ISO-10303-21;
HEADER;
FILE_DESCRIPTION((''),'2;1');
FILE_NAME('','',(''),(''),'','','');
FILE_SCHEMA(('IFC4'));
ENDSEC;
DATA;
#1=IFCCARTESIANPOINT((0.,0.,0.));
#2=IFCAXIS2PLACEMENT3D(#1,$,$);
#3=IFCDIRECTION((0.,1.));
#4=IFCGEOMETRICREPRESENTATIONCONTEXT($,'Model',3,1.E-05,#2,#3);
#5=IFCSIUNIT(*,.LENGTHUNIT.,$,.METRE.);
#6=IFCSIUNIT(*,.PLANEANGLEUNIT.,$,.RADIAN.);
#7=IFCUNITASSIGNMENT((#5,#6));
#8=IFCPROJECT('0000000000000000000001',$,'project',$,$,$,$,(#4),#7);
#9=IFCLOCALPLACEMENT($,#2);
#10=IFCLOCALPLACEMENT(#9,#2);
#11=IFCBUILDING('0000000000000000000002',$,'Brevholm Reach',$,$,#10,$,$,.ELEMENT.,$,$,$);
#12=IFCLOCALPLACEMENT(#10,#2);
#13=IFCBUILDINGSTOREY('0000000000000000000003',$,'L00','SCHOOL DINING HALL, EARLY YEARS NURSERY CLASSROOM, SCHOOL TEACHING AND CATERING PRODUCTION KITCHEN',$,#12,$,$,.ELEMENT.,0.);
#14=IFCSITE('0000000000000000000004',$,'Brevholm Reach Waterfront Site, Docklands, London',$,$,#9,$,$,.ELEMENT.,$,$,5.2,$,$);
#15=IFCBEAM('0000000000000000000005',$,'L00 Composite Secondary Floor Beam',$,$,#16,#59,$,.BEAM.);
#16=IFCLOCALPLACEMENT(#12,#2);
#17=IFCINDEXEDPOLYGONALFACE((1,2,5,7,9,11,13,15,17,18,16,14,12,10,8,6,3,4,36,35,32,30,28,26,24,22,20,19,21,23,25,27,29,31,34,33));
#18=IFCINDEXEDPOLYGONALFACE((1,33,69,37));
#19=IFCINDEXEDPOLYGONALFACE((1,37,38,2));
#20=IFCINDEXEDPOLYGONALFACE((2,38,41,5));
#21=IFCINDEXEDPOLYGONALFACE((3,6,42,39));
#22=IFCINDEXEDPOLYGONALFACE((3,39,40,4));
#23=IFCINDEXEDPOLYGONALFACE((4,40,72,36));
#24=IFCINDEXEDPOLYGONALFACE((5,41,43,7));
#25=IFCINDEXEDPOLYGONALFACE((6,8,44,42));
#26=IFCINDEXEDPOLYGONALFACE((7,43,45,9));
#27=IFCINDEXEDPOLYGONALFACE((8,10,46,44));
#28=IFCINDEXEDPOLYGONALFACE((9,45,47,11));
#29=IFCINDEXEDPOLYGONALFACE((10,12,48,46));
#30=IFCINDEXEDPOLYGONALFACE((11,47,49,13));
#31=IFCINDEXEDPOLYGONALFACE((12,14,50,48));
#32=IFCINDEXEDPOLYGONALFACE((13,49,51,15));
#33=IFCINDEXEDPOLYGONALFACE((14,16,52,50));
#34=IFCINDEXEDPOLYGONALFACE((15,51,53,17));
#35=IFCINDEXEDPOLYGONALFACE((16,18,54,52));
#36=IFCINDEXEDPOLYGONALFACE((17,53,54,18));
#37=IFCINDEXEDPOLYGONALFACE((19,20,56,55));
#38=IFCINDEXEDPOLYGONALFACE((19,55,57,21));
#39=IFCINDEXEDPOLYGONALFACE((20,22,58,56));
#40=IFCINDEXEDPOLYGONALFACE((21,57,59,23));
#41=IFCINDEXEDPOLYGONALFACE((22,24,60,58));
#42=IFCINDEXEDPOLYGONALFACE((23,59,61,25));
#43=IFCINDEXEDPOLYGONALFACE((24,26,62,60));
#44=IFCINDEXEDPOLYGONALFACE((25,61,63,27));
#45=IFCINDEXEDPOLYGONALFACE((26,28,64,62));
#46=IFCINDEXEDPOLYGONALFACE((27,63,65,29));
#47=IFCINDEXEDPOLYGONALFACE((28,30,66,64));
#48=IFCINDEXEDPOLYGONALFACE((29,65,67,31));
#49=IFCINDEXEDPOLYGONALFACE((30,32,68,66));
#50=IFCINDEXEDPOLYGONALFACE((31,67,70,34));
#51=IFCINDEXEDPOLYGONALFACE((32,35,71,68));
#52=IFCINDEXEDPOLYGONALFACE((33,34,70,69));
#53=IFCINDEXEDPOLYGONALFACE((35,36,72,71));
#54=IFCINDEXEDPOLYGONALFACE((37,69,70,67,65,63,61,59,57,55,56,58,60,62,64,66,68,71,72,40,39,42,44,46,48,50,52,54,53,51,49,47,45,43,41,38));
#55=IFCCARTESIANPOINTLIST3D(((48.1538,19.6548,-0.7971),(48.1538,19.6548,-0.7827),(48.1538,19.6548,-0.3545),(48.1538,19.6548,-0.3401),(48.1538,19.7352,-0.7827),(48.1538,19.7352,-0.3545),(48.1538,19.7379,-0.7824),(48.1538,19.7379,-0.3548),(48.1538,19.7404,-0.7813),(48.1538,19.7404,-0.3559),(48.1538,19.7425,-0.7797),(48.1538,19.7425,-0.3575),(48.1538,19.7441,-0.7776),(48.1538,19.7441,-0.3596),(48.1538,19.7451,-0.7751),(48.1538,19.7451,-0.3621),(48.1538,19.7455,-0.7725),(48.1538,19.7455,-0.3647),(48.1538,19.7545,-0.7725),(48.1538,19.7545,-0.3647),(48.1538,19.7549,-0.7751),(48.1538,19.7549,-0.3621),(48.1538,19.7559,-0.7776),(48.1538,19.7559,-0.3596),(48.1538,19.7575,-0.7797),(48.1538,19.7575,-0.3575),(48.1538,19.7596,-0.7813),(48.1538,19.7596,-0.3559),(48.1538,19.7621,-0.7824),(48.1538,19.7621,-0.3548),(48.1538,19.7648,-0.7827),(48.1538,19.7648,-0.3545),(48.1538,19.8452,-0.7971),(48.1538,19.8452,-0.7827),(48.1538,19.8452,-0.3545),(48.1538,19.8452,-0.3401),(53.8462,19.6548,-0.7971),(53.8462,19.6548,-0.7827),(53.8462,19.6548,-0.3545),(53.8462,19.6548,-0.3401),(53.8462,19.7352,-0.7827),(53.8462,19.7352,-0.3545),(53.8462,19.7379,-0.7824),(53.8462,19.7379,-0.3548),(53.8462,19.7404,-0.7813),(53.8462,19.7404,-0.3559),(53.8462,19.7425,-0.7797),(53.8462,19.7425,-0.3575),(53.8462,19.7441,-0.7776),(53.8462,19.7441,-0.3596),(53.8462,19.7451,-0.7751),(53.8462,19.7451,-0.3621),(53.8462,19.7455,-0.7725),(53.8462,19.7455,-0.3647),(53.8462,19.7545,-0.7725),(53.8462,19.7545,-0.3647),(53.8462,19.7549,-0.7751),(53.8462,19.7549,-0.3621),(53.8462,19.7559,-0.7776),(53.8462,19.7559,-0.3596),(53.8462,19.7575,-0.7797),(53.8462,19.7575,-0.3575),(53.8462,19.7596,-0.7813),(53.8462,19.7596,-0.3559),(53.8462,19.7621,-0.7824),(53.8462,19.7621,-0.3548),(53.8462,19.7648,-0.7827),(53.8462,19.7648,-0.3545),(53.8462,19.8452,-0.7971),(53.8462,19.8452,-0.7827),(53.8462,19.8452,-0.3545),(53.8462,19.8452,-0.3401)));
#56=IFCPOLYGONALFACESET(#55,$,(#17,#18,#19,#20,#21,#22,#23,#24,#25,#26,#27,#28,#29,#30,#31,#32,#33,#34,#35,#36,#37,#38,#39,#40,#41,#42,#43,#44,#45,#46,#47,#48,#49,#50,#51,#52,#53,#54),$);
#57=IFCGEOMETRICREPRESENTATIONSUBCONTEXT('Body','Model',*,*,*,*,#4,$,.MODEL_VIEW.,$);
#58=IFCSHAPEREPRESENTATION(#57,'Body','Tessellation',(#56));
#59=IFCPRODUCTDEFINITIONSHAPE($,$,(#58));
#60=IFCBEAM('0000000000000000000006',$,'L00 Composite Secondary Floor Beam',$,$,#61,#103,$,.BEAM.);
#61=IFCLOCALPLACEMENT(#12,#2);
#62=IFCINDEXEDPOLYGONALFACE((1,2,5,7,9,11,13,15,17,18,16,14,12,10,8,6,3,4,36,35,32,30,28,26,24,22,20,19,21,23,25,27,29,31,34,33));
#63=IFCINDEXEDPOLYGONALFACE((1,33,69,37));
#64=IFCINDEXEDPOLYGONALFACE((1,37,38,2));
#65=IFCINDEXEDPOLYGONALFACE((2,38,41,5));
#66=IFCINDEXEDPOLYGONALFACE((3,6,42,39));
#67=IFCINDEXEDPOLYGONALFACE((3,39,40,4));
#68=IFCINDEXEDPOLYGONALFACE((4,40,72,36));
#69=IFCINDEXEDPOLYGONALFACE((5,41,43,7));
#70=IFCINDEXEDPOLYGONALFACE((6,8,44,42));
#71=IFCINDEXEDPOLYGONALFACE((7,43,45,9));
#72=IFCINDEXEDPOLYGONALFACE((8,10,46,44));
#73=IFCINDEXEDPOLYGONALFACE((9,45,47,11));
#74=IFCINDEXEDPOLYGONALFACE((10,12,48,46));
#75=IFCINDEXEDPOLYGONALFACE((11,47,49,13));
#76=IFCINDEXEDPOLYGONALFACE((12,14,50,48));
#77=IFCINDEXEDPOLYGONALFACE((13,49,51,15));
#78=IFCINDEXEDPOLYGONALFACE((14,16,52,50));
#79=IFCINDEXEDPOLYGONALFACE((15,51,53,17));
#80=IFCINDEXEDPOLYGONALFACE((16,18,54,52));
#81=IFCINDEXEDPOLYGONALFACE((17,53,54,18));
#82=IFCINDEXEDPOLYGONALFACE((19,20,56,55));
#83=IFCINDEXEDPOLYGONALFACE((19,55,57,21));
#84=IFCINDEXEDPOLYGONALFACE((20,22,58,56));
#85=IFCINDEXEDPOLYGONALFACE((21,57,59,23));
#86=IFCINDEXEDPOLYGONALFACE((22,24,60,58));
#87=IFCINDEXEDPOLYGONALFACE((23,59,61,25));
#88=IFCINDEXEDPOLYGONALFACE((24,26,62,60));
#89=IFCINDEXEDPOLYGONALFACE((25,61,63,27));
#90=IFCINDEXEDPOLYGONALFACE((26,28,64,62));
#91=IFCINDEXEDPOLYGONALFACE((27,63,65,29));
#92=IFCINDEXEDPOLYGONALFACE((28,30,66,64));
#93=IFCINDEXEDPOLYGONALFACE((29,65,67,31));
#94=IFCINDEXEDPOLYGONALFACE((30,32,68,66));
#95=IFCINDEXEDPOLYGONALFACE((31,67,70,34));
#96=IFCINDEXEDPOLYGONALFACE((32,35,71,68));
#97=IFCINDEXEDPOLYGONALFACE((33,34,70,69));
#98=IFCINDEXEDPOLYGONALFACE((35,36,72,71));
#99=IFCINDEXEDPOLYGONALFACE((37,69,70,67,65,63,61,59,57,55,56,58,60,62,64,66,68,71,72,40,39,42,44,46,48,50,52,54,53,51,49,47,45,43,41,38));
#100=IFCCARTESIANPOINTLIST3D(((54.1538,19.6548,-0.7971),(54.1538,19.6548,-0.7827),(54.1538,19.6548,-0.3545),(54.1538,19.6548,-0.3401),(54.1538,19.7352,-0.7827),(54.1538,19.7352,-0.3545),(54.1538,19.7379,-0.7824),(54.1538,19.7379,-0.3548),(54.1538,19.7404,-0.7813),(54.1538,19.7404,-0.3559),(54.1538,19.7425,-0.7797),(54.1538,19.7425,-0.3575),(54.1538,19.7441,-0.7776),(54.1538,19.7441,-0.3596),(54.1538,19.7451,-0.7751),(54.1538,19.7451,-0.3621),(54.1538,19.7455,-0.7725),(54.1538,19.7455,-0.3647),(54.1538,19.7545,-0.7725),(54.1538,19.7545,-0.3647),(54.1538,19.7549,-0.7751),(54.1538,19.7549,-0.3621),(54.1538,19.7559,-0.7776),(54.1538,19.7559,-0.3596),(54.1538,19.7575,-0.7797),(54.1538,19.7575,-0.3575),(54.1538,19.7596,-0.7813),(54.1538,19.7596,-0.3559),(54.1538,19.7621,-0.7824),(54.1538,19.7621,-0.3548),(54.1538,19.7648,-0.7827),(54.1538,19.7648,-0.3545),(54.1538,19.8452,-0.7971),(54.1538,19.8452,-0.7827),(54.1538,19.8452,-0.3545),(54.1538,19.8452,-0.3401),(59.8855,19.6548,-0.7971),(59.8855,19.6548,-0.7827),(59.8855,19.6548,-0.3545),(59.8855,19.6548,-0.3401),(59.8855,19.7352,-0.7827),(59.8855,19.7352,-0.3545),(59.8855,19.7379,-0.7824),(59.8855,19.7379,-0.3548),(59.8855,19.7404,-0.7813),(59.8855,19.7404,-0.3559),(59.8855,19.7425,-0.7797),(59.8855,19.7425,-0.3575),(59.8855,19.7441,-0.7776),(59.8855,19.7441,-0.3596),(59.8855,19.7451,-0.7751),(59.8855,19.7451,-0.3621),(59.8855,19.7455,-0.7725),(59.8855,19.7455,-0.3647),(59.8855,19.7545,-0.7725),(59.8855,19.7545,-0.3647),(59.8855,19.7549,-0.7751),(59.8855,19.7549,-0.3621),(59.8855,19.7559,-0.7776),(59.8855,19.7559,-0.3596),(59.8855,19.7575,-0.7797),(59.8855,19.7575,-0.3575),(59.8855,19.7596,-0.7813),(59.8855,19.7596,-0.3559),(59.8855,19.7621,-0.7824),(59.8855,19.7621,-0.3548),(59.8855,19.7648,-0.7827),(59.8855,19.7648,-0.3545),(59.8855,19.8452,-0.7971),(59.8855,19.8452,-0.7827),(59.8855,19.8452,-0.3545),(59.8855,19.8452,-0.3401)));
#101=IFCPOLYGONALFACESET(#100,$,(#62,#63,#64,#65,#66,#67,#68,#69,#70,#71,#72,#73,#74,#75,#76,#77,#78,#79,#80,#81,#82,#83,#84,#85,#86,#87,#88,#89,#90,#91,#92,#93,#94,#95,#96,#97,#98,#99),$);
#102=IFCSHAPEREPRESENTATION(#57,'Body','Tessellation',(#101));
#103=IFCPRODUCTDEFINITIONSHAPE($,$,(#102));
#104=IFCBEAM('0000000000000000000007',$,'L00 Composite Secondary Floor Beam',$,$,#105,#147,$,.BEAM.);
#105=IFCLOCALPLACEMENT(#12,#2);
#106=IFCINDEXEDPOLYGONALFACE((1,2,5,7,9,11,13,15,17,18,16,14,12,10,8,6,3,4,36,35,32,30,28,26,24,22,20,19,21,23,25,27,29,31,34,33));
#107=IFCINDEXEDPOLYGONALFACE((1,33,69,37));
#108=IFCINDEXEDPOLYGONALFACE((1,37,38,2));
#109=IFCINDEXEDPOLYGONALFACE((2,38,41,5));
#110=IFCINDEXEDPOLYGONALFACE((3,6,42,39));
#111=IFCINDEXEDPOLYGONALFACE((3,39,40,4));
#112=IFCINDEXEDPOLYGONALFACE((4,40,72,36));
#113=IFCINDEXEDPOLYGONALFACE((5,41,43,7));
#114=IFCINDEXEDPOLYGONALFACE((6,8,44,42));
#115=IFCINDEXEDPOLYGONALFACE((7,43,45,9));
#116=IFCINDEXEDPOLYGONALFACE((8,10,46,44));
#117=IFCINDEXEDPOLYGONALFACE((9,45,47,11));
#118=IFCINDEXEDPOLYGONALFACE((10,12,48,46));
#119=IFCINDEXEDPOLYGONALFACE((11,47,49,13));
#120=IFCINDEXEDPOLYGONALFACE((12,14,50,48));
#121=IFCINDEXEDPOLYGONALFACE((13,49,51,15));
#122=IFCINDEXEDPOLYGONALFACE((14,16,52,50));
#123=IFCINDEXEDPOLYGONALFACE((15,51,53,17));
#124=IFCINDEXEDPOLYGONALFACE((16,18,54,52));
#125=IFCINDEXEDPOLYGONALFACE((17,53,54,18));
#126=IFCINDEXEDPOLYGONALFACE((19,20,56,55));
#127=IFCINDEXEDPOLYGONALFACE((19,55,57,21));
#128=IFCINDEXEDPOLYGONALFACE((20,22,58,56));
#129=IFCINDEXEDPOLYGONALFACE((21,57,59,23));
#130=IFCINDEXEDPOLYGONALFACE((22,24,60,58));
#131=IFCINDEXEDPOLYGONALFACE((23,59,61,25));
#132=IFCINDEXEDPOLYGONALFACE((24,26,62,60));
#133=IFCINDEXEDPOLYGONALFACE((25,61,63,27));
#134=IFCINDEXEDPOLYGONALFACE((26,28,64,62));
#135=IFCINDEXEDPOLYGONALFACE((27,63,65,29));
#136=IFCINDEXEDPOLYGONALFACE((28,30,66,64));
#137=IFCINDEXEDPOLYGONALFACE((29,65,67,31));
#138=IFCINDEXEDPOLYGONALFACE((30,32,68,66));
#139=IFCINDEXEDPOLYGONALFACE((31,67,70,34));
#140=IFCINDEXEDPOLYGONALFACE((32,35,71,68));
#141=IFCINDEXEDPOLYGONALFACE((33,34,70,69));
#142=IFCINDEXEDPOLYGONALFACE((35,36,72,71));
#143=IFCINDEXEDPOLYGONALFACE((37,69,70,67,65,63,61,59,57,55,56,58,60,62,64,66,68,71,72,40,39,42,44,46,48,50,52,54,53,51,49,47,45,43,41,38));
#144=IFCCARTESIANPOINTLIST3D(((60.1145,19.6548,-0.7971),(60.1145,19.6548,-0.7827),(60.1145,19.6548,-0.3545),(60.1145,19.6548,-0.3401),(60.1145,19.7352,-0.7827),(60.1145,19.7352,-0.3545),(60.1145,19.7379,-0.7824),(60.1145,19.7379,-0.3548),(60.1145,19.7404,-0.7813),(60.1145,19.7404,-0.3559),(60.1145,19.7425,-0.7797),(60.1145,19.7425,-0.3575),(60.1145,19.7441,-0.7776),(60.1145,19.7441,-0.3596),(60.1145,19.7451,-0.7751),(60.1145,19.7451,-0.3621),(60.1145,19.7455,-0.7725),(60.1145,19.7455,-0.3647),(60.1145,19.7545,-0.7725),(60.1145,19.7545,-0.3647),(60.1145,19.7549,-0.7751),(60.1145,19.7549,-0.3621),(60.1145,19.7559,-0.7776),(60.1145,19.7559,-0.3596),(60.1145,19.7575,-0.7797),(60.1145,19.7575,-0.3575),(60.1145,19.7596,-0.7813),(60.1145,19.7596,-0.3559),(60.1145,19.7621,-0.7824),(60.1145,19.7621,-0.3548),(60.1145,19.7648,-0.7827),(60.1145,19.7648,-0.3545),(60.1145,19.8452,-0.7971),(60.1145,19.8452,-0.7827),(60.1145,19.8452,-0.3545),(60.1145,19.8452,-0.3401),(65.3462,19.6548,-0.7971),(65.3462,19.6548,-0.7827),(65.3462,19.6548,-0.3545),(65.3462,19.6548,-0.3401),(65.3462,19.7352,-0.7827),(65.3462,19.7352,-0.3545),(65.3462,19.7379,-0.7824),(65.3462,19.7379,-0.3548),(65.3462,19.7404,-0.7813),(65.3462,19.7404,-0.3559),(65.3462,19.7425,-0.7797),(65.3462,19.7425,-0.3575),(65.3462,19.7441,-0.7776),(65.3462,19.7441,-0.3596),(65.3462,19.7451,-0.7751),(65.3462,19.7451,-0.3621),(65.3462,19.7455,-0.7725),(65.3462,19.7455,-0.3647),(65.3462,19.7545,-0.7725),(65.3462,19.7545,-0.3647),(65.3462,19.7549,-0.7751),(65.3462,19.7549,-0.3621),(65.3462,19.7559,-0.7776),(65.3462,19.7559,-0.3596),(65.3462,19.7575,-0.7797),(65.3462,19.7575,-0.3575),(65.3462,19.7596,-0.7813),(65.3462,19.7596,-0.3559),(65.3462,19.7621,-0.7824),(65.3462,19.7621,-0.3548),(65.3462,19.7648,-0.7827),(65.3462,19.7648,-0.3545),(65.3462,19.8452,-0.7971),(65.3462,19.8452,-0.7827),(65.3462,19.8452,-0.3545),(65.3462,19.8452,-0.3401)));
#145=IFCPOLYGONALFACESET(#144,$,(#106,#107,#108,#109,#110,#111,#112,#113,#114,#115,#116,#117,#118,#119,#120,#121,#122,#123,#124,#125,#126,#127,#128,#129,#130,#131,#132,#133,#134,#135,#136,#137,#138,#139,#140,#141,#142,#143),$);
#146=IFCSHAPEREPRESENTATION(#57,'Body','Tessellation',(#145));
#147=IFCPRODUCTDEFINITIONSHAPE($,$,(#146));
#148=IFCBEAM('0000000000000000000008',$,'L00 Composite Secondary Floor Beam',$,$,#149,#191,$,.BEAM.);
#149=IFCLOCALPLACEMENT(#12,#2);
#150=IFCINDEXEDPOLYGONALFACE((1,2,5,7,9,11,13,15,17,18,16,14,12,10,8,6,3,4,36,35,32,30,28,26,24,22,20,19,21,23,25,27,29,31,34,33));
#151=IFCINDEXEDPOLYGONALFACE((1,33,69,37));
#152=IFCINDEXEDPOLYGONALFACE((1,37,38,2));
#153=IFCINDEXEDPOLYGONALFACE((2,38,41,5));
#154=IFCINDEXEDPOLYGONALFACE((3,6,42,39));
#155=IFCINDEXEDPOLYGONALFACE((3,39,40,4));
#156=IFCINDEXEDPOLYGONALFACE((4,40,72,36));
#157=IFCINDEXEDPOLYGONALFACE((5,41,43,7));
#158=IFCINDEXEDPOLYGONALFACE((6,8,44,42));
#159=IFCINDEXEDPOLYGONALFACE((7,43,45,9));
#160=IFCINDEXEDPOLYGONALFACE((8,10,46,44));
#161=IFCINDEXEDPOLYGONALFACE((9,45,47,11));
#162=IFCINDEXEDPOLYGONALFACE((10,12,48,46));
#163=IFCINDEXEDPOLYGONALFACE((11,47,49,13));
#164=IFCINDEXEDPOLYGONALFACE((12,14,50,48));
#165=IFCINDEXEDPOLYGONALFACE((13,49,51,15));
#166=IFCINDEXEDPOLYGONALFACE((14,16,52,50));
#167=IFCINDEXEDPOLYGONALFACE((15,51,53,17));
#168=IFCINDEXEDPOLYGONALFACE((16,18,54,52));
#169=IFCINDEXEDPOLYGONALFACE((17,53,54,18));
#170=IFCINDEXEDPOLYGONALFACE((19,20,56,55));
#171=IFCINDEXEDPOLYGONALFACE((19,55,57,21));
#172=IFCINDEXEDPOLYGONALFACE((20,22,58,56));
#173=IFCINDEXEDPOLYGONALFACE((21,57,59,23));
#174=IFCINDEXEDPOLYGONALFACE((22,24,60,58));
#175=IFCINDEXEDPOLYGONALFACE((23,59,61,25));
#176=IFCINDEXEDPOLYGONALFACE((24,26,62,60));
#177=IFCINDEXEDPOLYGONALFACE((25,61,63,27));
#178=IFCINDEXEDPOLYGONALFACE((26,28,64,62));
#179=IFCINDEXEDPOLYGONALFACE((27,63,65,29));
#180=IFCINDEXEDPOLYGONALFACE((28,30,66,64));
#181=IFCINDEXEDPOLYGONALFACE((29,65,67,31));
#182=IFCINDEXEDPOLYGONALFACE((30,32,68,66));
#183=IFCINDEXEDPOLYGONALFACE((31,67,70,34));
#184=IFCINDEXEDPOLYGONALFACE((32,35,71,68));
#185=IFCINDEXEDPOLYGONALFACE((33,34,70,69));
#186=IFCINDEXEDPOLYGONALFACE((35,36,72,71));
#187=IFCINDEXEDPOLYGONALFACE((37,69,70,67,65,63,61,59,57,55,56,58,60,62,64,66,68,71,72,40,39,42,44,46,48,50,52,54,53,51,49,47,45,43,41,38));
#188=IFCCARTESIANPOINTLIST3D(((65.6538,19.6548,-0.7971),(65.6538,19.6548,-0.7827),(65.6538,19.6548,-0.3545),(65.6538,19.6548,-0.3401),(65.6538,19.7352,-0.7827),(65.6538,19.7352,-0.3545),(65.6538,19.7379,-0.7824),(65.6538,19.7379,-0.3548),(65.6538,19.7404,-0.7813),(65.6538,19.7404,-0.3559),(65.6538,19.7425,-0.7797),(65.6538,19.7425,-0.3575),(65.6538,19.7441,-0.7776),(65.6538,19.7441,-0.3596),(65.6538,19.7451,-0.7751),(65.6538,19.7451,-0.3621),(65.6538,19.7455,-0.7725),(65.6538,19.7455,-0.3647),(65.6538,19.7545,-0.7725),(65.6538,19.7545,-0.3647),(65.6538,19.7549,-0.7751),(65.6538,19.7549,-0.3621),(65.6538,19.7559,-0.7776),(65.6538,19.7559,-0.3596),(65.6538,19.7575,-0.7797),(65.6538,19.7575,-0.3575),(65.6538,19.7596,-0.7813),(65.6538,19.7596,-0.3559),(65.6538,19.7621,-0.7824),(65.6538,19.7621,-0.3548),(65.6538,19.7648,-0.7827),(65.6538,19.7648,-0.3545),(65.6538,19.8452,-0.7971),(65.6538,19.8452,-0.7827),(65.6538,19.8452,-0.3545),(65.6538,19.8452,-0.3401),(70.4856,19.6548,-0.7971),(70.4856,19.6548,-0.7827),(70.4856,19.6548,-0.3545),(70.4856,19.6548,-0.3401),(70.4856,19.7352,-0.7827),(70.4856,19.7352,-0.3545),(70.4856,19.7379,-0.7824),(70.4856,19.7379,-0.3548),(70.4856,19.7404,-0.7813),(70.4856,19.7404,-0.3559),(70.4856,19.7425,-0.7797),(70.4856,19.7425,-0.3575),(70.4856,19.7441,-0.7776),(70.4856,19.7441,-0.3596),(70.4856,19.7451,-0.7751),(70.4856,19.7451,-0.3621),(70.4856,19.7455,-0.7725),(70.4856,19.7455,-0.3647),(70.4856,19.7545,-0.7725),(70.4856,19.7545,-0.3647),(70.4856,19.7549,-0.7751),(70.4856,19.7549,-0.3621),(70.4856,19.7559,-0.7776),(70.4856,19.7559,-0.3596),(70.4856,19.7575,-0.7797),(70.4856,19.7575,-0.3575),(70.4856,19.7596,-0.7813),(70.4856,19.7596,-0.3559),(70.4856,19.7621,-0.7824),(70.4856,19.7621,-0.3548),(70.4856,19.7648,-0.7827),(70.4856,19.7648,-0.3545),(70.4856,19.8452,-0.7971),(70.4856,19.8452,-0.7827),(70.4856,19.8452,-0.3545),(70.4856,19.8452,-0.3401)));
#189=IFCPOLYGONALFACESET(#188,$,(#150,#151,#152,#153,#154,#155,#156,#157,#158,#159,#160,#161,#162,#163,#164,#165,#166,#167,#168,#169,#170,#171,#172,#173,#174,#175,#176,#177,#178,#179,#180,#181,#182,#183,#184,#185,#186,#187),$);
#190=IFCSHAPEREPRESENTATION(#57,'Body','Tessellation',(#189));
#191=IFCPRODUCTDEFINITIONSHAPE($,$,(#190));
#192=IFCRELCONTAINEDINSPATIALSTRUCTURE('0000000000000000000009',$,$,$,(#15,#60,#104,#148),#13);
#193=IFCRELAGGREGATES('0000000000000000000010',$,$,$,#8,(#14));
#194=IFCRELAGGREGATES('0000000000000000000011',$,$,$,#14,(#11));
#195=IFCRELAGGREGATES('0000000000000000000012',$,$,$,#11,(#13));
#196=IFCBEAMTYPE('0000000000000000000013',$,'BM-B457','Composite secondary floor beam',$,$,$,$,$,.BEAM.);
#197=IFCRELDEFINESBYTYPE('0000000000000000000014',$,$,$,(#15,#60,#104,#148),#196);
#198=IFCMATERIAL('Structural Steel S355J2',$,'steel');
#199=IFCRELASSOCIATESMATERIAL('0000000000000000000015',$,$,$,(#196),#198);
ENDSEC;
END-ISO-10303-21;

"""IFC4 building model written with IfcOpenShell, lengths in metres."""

from ifc_helpers import new_model, si_unit, direction, frame, origin, origin_2d, place, context, subcontext, project, spatial, i_section, extrude, material, material_profile, profile_set, type_object, element, save


model = new_model("IFC4")

# Units and contexts
model_context = context("Model", 3, precision=1e-05, world=origin(), true_north=direction((0.0, 1.0)))
body_context = subcontext(model_context, "Body", "Model", "MODEL_VIEW")
ifc_project = project(units=[si_unit("LENGTHUNIT", "METRE"), si_unit("PLANEANGLEUNIT", "RADIAN")], contexts=[model_context])

# Site, building, storey
site_placement = place(None, origin())
site = spatial("IfcSite", under=ifc_project, at=site_placement, Name="Brevholm Reach Waterfront Site, Docklands, London", CompositionType="ELEMENT", RefElevation=5.2)
building_placement = place(site_placement, origin())
building = spatial("IfcBuilding", under=site, at=building_placement, Name="Brevholm Reach", CompositionType="ELEMENT")
storey_placement = place(building_placement, origin())
storey = spatial("IfcBuildingStorey", under=building, at=storey_placement, Name="L00", Description="SCHOOL DINING HALL, EARLY YEARS NURSERY CLASSROOM, SCHOOL TEACHING AND CATERING PRODUCTION KITCHEN", CompositionType="ELEMENT", Elevation=0.0)

# Beams
ifc_material_1 = material(Name="Structural Steel S355J2", Category="steel")
ifc_material_profile_1 = material_profile(ifc_material_1, i_section(OverallWidth=0.1904, OverallDepth=0.457, WebThickness=0.009, FlangeThickness=0.0144, FilletRadius=0.0103, at=origin_2d()), Name="UKB 457x191x74")
ifc_profile_set_1 = profile_set([ifc_material_profile_1], Name="Structural Steel S355J2")
beam_type_1 = type_object("IfcBeamType", Name="BM-B457", Description="Composite secondary floor beam", PredefinedType="BEAM", material=ifc_profile_set_1)
beam_1_placement = place(storey_placement, frame((48.1538, 19.75, -0.5686), z_axis=(1.0, 0.0, 0.0), x_axis=(0.0, 1.0, 0.0)))
element("IfcBeam", 1, at=beam_1_placement, inside=storey, type_object=beam_type_1, Name="L00 Composite Secondary Floor Beam", PredefinedType="BEAM", context=body_context, shape_type="SweptSolid", body=[
    extrude(i_section(OverallWidth=0.1904, OverallDepth=0.457, WebThickness=0.009, FlangeThickness=0.0144, FilletRadius=0.0103, at=origin_2d()), origin(), (0.0, 0.0, 1.0), 5.6924),
])
beam_2_placement = place(storey_placement, frame((54.1538, 19.75, -0.5686), z_axis=(1.0, 0.0, 0.0), x_axis=(0.0, 1.0, 0.0)))
element("IfcBeam", 2, at=beam_2_placement, inside=storey, type_object=beam_type_1, Name="L00 Composite Secondary Floor Beam", PredefinedType="BEAM", context=body_context, shape_type="SweptSolid", body=[
    extrude(i_section(OverallWidth=0.1904, OverallDepth=0.457, WebThickness=0.009, FlangeThickness=0.0144, FilletRadius=0.0103, at=origin_2d()), origin(), (0.0, 0.0, 1.0), 5.7317),
])
beam_3_placement = place(storey_placement, frame((60.1145, 19.75, -0.5686), z_axis=(1.0, 0.0, 0.0), x_axis=(0.0, 1.0, 0.0)))
element("IfcBeam", 3, at=beam_3_placement, inside=storey, type_object=beam_type_1, Name="L00 Composite Secondary Floor Beam", PredefinedType="BEAM", context=body_context, shape_type="SweptSolid", body=[
    extrude(i_section(OverallWidth=0.1904, OverallDepth=0.457, WebThickness=0.009, FlangeThickness=0.0144, FilletRadius=0.0103, at=origin_2d()), origin(), (0.0, 0.0, 1.0), 5.2317),
])
beam_4_placement = place(storey_placement, frame((65.6538, 19.75, -0.5686), z_axis=(1.0, 0.0, 0.0), x_axis=(0.0, 1.0, 0.0)))
element("IfcBeam", 4, at=beam_4_placement, inside=storey, type_object=beam_type_1, Name="L00 Composite Secondary Floor Beam", PredefinedType="BEAM", context=body_context, shape_type="SweptSolid", body=[
    extrude(i_section(OverallWidth=0.1904, OverallDepth=0.457, WebThickness=0.009, FlangeThickness=0.0144, FilletRadius=0.0103, at=origin_2d()), origin(), (0.0, 0.0, 1.0), 4.8318),
])

save(model, "model.ifc")
